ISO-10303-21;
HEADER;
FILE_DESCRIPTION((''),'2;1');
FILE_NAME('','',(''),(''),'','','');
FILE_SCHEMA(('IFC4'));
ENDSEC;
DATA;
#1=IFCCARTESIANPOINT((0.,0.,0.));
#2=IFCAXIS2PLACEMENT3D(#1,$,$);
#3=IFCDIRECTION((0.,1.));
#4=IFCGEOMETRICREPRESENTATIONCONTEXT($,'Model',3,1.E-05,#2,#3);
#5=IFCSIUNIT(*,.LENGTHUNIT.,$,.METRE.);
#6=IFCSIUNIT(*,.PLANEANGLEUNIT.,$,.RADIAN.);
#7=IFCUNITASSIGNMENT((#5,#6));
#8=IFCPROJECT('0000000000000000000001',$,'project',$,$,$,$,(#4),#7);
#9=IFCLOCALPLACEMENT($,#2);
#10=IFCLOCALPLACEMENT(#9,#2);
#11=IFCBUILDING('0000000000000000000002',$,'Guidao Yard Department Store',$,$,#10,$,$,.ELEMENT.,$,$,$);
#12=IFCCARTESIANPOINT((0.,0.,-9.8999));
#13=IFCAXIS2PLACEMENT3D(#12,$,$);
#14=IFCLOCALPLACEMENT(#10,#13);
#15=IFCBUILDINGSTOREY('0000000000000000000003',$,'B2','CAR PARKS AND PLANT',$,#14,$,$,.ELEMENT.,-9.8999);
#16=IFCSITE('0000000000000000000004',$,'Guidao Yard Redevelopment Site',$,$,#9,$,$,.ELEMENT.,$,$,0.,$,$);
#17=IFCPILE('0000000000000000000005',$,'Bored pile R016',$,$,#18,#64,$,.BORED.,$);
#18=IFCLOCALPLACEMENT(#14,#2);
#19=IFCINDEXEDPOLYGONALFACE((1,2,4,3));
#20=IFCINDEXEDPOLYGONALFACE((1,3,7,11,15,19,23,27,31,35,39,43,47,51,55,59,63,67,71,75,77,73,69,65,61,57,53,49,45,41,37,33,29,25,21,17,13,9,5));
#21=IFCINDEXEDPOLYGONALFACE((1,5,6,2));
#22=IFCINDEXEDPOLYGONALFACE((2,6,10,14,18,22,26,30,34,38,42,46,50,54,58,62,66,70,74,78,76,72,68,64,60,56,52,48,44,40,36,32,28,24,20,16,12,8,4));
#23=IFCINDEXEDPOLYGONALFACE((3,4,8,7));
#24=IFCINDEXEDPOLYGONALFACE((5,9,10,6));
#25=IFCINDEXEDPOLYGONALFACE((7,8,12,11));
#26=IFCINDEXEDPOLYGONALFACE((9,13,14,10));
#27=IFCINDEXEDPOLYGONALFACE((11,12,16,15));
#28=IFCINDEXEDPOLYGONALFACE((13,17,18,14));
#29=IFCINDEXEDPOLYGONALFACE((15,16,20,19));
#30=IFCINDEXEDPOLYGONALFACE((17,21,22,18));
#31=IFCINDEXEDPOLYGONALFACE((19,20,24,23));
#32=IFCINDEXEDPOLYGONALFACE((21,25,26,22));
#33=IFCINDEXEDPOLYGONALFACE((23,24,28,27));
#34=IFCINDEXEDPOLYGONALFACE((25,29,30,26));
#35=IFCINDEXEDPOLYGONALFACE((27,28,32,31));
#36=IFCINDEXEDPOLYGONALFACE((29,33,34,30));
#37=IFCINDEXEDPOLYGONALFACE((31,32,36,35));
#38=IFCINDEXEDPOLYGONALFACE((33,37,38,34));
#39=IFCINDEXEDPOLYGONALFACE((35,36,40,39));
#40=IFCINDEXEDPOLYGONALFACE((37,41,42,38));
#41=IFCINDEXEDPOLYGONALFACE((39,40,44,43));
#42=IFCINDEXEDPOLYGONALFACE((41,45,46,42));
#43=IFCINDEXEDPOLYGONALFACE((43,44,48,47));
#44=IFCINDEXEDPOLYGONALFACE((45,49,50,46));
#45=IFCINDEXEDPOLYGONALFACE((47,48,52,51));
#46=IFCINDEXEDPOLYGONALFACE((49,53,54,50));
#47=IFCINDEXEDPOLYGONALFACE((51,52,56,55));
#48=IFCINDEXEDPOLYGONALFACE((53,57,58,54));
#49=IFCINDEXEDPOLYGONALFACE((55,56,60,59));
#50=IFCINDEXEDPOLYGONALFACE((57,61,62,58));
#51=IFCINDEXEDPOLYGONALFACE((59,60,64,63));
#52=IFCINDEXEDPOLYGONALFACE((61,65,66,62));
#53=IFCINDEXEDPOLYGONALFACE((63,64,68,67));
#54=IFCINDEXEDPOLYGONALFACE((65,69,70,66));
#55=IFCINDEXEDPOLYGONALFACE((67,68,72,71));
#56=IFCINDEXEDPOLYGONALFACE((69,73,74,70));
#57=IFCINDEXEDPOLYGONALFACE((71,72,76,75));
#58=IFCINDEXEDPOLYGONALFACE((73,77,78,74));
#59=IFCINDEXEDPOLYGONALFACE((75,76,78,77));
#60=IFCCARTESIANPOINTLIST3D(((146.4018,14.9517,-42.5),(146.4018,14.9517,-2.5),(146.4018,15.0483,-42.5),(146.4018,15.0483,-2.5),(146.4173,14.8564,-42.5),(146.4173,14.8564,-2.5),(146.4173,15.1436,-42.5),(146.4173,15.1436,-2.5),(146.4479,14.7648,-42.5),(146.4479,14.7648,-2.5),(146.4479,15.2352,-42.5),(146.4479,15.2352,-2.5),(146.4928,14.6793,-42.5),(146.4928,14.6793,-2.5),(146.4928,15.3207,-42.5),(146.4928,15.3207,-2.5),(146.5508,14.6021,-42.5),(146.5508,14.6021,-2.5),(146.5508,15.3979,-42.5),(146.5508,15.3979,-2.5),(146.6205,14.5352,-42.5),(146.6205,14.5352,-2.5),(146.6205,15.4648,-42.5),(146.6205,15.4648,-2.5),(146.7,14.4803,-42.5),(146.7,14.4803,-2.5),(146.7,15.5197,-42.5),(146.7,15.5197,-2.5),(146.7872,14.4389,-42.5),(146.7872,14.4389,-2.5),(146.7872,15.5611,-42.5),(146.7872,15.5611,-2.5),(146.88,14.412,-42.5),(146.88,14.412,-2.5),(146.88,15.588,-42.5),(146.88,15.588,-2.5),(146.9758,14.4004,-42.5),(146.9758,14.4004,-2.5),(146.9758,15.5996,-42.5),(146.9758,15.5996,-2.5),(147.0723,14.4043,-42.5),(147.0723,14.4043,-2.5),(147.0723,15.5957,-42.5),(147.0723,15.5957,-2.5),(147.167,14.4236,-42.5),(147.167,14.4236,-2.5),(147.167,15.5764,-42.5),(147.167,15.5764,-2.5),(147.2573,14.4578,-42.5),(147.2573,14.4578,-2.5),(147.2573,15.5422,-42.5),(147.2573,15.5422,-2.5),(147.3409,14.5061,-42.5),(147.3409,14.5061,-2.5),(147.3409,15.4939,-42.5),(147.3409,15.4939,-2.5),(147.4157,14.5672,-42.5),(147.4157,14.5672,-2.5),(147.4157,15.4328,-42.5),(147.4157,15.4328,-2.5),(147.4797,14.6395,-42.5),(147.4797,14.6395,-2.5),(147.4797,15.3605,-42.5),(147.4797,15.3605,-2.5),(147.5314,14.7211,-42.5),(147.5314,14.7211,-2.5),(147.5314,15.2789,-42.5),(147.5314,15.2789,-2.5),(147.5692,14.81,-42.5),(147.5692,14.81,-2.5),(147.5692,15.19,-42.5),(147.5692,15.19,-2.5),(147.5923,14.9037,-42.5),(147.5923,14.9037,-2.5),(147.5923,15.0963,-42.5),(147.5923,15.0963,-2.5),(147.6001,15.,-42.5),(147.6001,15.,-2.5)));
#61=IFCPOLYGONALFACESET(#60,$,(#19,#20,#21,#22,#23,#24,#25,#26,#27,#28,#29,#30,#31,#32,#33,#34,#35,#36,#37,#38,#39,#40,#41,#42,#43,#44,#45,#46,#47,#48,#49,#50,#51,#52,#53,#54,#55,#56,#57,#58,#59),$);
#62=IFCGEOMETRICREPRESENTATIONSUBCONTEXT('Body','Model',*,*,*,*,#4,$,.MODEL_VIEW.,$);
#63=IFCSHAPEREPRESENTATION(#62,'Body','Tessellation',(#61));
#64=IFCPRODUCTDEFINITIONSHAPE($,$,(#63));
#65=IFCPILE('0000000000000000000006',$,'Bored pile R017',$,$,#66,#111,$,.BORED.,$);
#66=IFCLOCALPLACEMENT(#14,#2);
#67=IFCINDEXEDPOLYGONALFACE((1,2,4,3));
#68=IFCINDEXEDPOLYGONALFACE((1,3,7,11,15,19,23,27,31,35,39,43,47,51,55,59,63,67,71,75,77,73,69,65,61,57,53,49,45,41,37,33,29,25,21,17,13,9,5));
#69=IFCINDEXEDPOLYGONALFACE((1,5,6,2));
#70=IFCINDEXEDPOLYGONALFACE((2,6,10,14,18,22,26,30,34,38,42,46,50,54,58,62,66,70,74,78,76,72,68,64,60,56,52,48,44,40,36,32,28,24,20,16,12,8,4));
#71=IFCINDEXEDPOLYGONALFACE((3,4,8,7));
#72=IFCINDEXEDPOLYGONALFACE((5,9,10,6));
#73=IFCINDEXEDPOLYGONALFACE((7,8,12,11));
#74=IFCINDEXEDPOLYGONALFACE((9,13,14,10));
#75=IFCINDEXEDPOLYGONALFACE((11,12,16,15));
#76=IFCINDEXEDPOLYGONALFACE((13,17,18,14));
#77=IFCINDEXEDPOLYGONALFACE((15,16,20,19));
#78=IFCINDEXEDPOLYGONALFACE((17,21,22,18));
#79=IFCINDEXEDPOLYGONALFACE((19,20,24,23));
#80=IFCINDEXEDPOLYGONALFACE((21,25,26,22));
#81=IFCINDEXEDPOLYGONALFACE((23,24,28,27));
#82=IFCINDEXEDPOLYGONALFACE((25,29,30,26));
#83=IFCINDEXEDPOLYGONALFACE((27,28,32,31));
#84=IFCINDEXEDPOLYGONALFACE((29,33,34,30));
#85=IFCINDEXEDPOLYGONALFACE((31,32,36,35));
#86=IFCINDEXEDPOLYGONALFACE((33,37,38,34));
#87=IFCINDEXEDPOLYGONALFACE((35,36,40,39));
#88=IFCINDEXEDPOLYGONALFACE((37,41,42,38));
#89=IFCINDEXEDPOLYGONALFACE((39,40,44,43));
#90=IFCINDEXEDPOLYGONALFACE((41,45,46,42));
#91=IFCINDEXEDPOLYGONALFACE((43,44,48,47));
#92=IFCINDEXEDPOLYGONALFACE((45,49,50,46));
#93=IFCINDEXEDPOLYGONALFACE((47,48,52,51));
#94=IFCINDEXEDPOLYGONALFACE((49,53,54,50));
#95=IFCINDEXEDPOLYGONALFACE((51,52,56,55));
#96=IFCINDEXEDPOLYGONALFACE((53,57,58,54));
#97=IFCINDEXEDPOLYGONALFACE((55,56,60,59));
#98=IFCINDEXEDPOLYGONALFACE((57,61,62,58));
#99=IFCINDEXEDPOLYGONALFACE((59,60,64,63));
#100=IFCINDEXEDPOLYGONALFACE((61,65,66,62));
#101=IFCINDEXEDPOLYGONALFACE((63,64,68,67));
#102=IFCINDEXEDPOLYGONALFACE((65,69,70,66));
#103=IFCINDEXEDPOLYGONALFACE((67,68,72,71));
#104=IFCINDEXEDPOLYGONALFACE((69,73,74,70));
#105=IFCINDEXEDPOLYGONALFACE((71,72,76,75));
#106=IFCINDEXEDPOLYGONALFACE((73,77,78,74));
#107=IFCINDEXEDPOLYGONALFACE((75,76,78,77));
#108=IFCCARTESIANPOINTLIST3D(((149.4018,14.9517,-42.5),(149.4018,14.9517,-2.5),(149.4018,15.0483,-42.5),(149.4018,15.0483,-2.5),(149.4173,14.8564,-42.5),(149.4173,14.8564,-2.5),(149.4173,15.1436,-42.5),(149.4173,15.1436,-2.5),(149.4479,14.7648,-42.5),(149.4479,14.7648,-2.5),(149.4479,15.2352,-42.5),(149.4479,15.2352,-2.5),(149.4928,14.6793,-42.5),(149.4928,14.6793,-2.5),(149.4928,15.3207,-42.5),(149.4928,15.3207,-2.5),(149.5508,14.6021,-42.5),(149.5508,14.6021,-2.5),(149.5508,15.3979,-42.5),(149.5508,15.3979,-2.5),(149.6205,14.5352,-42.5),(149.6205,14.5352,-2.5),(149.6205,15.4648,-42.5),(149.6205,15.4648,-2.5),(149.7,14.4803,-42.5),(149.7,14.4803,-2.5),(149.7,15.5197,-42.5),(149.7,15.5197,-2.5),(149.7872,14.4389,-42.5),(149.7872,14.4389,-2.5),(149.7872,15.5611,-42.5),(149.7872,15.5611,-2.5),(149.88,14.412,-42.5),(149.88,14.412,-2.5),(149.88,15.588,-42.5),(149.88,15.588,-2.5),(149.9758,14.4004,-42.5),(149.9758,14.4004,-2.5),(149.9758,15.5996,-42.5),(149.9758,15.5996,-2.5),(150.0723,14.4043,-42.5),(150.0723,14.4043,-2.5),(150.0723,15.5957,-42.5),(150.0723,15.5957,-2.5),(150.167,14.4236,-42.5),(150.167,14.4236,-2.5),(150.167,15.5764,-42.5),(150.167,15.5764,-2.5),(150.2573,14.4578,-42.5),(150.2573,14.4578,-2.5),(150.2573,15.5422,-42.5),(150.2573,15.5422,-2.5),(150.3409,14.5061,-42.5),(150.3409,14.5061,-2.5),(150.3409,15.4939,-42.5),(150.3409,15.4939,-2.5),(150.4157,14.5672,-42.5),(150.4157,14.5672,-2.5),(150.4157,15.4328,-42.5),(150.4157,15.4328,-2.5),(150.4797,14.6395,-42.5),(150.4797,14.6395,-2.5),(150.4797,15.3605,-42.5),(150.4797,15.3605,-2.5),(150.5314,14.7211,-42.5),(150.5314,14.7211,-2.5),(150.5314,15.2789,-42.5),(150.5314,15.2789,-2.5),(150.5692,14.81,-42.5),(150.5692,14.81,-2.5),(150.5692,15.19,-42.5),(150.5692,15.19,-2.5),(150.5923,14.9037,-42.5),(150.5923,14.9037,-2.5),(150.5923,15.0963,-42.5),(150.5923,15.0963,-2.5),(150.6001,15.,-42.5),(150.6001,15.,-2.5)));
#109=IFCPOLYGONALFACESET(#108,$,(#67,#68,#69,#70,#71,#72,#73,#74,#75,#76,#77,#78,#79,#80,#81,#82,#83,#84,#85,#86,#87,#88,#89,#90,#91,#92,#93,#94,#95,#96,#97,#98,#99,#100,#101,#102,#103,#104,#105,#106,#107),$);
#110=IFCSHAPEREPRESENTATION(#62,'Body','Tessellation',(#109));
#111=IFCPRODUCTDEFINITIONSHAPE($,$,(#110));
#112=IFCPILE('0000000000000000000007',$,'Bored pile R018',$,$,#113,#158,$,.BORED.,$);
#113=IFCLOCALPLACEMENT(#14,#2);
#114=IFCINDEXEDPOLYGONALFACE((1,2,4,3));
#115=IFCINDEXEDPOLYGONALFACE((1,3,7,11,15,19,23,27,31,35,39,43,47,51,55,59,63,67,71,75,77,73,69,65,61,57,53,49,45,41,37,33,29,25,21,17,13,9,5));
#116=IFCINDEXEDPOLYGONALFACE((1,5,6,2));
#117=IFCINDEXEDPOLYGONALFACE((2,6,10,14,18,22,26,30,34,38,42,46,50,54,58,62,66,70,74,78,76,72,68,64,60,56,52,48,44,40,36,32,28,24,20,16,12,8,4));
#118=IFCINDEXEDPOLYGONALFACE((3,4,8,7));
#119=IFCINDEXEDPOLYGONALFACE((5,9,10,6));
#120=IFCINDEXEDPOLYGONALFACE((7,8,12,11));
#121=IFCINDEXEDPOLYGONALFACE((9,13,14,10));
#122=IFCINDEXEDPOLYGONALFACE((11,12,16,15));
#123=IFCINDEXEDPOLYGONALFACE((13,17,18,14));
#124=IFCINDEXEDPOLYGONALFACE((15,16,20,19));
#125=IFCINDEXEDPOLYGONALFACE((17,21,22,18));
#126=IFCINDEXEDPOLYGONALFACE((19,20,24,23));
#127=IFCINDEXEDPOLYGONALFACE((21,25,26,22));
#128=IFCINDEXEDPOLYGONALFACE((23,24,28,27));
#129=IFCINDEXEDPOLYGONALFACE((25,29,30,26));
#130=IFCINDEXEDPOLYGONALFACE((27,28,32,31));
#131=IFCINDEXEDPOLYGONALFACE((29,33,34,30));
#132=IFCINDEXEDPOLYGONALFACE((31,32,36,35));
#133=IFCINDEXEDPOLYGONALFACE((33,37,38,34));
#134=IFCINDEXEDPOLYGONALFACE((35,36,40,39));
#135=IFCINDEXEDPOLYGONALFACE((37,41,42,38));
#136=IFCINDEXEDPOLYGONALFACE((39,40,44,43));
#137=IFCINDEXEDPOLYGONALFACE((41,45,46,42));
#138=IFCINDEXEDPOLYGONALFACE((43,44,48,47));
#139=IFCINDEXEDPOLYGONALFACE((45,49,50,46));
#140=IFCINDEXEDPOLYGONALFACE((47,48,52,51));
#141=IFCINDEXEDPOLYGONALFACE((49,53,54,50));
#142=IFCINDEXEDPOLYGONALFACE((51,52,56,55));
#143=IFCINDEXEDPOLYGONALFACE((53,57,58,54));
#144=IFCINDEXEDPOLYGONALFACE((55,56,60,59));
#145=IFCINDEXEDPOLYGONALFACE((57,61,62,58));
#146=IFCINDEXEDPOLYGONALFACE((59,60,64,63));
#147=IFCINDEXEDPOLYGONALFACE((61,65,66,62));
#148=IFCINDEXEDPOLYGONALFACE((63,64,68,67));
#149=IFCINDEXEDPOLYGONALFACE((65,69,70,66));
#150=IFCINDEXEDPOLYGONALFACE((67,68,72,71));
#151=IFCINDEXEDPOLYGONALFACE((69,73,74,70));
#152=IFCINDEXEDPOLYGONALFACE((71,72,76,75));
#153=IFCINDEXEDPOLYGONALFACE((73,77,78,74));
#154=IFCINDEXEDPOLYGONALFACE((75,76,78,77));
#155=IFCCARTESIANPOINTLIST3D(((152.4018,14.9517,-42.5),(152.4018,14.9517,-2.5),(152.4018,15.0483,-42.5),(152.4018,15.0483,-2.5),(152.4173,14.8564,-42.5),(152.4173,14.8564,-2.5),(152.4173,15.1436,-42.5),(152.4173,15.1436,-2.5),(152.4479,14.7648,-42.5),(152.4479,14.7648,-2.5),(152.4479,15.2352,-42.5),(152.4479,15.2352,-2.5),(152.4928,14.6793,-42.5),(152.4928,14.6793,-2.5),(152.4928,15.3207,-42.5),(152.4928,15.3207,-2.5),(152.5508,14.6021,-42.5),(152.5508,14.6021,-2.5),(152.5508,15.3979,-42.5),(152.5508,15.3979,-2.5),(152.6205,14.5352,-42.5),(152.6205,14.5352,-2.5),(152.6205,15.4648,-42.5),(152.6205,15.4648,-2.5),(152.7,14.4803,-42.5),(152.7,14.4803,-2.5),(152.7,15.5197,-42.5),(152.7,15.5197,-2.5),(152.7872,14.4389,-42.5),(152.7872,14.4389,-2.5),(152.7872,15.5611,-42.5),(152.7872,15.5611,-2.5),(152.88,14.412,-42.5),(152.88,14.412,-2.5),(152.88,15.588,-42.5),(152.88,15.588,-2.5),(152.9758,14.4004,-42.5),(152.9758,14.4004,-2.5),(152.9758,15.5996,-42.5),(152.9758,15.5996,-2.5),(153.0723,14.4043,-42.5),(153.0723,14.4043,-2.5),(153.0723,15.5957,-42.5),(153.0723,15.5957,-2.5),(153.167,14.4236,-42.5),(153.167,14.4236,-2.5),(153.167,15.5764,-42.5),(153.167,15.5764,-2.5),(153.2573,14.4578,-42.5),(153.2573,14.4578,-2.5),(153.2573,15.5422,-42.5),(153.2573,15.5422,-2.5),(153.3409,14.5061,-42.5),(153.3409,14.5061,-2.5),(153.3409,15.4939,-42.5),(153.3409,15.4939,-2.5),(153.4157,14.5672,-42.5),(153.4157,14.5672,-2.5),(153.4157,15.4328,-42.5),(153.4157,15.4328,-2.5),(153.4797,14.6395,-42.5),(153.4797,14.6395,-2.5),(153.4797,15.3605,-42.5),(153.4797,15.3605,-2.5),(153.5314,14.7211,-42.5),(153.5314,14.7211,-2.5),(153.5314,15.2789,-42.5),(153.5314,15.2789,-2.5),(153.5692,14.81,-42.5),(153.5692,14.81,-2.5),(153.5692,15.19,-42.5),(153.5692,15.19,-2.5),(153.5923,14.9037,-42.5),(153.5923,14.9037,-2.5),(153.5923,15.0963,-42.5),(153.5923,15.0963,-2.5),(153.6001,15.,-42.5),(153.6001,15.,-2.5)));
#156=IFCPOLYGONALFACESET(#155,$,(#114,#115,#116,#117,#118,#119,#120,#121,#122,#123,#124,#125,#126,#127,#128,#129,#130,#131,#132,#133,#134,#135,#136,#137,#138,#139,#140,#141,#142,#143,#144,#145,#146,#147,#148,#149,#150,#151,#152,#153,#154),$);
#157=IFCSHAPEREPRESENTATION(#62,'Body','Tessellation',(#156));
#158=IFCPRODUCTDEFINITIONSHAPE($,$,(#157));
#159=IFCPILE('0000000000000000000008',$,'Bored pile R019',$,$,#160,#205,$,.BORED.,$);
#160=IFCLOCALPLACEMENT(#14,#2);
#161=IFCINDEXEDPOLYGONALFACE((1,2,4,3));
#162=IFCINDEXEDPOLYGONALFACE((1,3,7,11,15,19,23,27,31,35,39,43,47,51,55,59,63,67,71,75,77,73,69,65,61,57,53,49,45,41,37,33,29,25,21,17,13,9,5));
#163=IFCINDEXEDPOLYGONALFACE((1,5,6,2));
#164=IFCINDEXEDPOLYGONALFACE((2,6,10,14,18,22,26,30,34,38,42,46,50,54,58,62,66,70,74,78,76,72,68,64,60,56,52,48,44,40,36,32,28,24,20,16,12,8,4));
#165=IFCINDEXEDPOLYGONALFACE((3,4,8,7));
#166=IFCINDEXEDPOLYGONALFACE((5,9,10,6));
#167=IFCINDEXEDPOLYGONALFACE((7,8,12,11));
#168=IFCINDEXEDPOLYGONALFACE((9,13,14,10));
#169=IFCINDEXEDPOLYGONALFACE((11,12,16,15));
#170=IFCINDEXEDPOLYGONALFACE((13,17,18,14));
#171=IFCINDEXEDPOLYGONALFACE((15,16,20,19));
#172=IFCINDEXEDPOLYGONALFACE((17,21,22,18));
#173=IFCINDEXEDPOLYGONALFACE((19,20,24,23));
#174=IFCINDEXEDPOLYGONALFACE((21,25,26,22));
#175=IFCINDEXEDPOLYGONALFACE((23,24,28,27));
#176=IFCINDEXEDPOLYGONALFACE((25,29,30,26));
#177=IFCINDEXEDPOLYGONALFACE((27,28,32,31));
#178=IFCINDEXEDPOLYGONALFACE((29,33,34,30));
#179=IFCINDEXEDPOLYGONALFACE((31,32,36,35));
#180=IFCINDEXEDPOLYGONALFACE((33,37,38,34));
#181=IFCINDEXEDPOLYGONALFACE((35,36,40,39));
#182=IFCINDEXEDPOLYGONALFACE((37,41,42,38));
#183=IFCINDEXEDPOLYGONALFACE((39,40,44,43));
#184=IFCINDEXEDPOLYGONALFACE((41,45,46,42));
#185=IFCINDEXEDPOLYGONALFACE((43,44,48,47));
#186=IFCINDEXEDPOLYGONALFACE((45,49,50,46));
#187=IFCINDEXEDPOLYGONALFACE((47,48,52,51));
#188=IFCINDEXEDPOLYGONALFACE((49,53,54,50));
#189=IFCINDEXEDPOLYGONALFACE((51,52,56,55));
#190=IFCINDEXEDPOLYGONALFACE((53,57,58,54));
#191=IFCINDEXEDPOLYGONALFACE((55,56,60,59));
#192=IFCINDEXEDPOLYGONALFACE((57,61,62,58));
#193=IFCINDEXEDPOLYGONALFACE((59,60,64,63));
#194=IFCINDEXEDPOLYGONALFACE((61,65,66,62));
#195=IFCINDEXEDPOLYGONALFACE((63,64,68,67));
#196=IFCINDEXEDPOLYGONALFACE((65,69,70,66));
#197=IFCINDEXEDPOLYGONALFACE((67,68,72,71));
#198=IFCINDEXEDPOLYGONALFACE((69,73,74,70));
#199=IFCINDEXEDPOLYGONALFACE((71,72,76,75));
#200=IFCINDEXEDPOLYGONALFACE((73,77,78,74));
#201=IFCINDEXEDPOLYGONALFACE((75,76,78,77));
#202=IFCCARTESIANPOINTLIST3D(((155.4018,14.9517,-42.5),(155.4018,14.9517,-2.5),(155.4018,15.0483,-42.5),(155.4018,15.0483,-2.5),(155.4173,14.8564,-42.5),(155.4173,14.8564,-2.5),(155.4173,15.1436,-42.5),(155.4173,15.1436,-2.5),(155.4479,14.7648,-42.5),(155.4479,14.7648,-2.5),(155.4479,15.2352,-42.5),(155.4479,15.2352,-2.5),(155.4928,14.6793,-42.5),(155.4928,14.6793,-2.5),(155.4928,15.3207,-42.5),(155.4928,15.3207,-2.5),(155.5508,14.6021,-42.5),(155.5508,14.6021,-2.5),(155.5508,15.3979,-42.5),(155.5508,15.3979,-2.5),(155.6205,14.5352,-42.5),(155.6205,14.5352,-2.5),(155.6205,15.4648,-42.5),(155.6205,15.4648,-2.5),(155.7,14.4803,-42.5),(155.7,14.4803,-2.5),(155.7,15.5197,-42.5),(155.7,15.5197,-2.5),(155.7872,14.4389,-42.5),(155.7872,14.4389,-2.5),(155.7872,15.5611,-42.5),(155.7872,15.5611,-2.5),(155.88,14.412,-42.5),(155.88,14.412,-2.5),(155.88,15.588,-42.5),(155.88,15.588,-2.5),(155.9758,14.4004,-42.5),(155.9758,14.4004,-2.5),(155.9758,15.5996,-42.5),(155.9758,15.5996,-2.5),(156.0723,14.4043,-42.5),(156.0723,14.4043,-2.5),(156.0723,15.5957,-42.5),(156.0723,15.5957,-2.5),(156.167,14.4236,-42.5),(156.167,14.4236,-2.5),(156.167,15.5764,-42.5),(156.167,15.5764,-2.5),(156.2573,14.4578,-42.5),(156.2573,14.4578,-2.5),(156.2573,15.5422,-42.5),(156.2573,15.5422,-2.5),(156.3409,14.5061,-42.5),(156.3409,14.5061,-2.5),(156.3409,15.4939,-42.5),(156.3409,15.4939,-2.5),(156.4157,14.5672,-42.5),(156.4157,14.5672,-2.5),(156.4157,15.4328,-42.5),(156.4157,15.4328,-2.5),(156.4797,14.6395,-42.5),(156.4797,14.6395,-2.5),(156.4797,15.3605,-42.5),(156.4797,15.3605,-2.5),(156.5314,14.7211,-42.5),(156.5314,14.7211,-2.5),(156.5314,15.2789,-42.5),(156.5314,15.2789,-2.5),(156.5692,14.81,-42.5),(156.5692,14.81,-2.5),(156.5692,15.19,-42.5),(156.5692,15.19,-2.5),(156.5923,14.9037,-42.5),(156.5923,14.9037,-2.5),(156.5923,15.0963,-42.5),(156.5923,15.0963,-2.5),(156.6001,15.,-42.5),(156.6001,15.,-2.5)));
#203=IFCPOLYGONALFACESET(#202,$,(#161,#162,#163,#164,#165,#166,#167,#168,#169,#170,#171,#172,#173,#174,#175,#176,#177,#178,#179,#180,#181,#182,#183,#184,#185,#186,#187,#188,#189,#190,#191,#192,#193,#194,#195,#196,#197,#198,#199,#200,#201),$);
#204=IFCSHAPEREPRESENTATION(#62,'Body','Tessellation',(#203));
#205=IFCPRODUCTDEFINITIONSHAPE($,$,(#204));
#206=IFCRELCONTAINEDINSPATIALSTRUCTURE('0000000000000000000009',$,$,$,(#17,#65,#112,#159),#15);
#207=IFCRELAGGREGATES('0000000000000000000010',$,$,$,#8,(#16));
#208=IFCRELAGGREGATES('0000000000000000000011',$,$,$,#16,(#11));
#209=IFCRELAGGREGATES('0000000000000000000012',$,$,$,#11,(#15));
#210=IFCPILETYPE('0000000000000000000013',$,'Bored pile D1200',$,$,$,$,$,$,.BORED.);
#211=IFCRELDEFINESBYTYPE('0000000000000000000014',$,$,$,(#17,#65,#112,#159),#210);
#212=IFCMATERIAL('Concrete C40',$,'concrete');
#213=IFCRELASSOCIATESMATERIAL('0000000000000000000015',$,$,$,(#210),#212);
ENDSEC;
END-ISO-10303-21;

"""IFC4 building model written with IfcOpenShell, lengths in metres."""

from ifc_helpers import new_model, si_unit, direction, frame, origin, origin_2d, place, context, subcontext, project, spatial, circle, extrude, material, material_profile, profile_set, type_object, element, save


model = new_model("IFC4")

# Units and contexts
model_context = context("Model", 3, precision=1e-05, world=origin(), true_north=direction((0.0, 1.0)))
body_context = subcontext(model_context, "Body", "Model", "MODEL_VIEW")
ifc_project = project(units=[si_unit("LENGTHUNIT", "METRE"), si_unit("PLANEANGLEUNIT", "RADIAN")], contexts=[model_context])

# Site, building, storey
site_placement = place(None, origin())
site = spatial("IfcSite", under=ifc_project, at=site_placement, Name="Guidao Yard Redevelopment Site", CompositionType="ELEMENT", RefElevation=0.0)
building_placement = place(site_placement, origin())
building = spatial("IfcBuilding", under=site, at=building_placement, Name="Guidao Yard Department Store", CompositionType="ELEMENT")
storey_placement = place(building_placement, frame((0.0, 0.0, -9.8999)))
storey = spatial("IfcBuildingStorey", under=building, at=storey_placement, Name="B2", Description="CAR PARKS AND PLANT", CompositionType="ELEMENT", Elevation=-9.8999)

# Piles
ifc_material_1 = material(Name="Concrete C40", Category="concrete")
ifc_material_profile = material_profile(ifc_material_1, circle(Radius=0.6001, at=origin_2d()), Name="Bored pile D1200")
ifc_profile_set = profile_set([ifc_material_profile], Name="Concrete C40")
pile_type = type_object("IfcPileType", Name="Bored pile D1200", PredefinedType="BORED", material=ifc_profile_set)
for number, where, z_axis, x_axis, name in (
    (1, (147.0, 15.0, -2.5), (0.0, 0.0, -1.0), (1.0, 0.0, 0.0), "Bored pile R016"),
    (2, (150.0, 15.0, -2.5), (0.0, 0.0, -1.0), (1.0, 0.0, 0.0), "Bored pile R017"),
    (3, (153.0, 15.0, -2.5), (0.0, 0.0, -1.0), (1.0, 0.0, 0.0), "Bored pile R018"),
    (4, (156.0, 15.0, -2.5), (0.0, 0.0, -1.0), (1.0, 0.0, 0.0), "Bored pile R019"),
):
    element("IfcPile", number, at=place(storey_placement, frame(where, z_axis=z_axis, x_axis=x_axis)), inside=storey, type_object=pile_type, Name=name, PredefinedType="BORED", context=body_context, shape_type="SweptSolid", body=[
        extrude(circle(Radius=0.6001, at=origin_2d()), origin(), (0.0, 0.0, 1.0), 40.0),
    ])

save(model, "model.ifc")
